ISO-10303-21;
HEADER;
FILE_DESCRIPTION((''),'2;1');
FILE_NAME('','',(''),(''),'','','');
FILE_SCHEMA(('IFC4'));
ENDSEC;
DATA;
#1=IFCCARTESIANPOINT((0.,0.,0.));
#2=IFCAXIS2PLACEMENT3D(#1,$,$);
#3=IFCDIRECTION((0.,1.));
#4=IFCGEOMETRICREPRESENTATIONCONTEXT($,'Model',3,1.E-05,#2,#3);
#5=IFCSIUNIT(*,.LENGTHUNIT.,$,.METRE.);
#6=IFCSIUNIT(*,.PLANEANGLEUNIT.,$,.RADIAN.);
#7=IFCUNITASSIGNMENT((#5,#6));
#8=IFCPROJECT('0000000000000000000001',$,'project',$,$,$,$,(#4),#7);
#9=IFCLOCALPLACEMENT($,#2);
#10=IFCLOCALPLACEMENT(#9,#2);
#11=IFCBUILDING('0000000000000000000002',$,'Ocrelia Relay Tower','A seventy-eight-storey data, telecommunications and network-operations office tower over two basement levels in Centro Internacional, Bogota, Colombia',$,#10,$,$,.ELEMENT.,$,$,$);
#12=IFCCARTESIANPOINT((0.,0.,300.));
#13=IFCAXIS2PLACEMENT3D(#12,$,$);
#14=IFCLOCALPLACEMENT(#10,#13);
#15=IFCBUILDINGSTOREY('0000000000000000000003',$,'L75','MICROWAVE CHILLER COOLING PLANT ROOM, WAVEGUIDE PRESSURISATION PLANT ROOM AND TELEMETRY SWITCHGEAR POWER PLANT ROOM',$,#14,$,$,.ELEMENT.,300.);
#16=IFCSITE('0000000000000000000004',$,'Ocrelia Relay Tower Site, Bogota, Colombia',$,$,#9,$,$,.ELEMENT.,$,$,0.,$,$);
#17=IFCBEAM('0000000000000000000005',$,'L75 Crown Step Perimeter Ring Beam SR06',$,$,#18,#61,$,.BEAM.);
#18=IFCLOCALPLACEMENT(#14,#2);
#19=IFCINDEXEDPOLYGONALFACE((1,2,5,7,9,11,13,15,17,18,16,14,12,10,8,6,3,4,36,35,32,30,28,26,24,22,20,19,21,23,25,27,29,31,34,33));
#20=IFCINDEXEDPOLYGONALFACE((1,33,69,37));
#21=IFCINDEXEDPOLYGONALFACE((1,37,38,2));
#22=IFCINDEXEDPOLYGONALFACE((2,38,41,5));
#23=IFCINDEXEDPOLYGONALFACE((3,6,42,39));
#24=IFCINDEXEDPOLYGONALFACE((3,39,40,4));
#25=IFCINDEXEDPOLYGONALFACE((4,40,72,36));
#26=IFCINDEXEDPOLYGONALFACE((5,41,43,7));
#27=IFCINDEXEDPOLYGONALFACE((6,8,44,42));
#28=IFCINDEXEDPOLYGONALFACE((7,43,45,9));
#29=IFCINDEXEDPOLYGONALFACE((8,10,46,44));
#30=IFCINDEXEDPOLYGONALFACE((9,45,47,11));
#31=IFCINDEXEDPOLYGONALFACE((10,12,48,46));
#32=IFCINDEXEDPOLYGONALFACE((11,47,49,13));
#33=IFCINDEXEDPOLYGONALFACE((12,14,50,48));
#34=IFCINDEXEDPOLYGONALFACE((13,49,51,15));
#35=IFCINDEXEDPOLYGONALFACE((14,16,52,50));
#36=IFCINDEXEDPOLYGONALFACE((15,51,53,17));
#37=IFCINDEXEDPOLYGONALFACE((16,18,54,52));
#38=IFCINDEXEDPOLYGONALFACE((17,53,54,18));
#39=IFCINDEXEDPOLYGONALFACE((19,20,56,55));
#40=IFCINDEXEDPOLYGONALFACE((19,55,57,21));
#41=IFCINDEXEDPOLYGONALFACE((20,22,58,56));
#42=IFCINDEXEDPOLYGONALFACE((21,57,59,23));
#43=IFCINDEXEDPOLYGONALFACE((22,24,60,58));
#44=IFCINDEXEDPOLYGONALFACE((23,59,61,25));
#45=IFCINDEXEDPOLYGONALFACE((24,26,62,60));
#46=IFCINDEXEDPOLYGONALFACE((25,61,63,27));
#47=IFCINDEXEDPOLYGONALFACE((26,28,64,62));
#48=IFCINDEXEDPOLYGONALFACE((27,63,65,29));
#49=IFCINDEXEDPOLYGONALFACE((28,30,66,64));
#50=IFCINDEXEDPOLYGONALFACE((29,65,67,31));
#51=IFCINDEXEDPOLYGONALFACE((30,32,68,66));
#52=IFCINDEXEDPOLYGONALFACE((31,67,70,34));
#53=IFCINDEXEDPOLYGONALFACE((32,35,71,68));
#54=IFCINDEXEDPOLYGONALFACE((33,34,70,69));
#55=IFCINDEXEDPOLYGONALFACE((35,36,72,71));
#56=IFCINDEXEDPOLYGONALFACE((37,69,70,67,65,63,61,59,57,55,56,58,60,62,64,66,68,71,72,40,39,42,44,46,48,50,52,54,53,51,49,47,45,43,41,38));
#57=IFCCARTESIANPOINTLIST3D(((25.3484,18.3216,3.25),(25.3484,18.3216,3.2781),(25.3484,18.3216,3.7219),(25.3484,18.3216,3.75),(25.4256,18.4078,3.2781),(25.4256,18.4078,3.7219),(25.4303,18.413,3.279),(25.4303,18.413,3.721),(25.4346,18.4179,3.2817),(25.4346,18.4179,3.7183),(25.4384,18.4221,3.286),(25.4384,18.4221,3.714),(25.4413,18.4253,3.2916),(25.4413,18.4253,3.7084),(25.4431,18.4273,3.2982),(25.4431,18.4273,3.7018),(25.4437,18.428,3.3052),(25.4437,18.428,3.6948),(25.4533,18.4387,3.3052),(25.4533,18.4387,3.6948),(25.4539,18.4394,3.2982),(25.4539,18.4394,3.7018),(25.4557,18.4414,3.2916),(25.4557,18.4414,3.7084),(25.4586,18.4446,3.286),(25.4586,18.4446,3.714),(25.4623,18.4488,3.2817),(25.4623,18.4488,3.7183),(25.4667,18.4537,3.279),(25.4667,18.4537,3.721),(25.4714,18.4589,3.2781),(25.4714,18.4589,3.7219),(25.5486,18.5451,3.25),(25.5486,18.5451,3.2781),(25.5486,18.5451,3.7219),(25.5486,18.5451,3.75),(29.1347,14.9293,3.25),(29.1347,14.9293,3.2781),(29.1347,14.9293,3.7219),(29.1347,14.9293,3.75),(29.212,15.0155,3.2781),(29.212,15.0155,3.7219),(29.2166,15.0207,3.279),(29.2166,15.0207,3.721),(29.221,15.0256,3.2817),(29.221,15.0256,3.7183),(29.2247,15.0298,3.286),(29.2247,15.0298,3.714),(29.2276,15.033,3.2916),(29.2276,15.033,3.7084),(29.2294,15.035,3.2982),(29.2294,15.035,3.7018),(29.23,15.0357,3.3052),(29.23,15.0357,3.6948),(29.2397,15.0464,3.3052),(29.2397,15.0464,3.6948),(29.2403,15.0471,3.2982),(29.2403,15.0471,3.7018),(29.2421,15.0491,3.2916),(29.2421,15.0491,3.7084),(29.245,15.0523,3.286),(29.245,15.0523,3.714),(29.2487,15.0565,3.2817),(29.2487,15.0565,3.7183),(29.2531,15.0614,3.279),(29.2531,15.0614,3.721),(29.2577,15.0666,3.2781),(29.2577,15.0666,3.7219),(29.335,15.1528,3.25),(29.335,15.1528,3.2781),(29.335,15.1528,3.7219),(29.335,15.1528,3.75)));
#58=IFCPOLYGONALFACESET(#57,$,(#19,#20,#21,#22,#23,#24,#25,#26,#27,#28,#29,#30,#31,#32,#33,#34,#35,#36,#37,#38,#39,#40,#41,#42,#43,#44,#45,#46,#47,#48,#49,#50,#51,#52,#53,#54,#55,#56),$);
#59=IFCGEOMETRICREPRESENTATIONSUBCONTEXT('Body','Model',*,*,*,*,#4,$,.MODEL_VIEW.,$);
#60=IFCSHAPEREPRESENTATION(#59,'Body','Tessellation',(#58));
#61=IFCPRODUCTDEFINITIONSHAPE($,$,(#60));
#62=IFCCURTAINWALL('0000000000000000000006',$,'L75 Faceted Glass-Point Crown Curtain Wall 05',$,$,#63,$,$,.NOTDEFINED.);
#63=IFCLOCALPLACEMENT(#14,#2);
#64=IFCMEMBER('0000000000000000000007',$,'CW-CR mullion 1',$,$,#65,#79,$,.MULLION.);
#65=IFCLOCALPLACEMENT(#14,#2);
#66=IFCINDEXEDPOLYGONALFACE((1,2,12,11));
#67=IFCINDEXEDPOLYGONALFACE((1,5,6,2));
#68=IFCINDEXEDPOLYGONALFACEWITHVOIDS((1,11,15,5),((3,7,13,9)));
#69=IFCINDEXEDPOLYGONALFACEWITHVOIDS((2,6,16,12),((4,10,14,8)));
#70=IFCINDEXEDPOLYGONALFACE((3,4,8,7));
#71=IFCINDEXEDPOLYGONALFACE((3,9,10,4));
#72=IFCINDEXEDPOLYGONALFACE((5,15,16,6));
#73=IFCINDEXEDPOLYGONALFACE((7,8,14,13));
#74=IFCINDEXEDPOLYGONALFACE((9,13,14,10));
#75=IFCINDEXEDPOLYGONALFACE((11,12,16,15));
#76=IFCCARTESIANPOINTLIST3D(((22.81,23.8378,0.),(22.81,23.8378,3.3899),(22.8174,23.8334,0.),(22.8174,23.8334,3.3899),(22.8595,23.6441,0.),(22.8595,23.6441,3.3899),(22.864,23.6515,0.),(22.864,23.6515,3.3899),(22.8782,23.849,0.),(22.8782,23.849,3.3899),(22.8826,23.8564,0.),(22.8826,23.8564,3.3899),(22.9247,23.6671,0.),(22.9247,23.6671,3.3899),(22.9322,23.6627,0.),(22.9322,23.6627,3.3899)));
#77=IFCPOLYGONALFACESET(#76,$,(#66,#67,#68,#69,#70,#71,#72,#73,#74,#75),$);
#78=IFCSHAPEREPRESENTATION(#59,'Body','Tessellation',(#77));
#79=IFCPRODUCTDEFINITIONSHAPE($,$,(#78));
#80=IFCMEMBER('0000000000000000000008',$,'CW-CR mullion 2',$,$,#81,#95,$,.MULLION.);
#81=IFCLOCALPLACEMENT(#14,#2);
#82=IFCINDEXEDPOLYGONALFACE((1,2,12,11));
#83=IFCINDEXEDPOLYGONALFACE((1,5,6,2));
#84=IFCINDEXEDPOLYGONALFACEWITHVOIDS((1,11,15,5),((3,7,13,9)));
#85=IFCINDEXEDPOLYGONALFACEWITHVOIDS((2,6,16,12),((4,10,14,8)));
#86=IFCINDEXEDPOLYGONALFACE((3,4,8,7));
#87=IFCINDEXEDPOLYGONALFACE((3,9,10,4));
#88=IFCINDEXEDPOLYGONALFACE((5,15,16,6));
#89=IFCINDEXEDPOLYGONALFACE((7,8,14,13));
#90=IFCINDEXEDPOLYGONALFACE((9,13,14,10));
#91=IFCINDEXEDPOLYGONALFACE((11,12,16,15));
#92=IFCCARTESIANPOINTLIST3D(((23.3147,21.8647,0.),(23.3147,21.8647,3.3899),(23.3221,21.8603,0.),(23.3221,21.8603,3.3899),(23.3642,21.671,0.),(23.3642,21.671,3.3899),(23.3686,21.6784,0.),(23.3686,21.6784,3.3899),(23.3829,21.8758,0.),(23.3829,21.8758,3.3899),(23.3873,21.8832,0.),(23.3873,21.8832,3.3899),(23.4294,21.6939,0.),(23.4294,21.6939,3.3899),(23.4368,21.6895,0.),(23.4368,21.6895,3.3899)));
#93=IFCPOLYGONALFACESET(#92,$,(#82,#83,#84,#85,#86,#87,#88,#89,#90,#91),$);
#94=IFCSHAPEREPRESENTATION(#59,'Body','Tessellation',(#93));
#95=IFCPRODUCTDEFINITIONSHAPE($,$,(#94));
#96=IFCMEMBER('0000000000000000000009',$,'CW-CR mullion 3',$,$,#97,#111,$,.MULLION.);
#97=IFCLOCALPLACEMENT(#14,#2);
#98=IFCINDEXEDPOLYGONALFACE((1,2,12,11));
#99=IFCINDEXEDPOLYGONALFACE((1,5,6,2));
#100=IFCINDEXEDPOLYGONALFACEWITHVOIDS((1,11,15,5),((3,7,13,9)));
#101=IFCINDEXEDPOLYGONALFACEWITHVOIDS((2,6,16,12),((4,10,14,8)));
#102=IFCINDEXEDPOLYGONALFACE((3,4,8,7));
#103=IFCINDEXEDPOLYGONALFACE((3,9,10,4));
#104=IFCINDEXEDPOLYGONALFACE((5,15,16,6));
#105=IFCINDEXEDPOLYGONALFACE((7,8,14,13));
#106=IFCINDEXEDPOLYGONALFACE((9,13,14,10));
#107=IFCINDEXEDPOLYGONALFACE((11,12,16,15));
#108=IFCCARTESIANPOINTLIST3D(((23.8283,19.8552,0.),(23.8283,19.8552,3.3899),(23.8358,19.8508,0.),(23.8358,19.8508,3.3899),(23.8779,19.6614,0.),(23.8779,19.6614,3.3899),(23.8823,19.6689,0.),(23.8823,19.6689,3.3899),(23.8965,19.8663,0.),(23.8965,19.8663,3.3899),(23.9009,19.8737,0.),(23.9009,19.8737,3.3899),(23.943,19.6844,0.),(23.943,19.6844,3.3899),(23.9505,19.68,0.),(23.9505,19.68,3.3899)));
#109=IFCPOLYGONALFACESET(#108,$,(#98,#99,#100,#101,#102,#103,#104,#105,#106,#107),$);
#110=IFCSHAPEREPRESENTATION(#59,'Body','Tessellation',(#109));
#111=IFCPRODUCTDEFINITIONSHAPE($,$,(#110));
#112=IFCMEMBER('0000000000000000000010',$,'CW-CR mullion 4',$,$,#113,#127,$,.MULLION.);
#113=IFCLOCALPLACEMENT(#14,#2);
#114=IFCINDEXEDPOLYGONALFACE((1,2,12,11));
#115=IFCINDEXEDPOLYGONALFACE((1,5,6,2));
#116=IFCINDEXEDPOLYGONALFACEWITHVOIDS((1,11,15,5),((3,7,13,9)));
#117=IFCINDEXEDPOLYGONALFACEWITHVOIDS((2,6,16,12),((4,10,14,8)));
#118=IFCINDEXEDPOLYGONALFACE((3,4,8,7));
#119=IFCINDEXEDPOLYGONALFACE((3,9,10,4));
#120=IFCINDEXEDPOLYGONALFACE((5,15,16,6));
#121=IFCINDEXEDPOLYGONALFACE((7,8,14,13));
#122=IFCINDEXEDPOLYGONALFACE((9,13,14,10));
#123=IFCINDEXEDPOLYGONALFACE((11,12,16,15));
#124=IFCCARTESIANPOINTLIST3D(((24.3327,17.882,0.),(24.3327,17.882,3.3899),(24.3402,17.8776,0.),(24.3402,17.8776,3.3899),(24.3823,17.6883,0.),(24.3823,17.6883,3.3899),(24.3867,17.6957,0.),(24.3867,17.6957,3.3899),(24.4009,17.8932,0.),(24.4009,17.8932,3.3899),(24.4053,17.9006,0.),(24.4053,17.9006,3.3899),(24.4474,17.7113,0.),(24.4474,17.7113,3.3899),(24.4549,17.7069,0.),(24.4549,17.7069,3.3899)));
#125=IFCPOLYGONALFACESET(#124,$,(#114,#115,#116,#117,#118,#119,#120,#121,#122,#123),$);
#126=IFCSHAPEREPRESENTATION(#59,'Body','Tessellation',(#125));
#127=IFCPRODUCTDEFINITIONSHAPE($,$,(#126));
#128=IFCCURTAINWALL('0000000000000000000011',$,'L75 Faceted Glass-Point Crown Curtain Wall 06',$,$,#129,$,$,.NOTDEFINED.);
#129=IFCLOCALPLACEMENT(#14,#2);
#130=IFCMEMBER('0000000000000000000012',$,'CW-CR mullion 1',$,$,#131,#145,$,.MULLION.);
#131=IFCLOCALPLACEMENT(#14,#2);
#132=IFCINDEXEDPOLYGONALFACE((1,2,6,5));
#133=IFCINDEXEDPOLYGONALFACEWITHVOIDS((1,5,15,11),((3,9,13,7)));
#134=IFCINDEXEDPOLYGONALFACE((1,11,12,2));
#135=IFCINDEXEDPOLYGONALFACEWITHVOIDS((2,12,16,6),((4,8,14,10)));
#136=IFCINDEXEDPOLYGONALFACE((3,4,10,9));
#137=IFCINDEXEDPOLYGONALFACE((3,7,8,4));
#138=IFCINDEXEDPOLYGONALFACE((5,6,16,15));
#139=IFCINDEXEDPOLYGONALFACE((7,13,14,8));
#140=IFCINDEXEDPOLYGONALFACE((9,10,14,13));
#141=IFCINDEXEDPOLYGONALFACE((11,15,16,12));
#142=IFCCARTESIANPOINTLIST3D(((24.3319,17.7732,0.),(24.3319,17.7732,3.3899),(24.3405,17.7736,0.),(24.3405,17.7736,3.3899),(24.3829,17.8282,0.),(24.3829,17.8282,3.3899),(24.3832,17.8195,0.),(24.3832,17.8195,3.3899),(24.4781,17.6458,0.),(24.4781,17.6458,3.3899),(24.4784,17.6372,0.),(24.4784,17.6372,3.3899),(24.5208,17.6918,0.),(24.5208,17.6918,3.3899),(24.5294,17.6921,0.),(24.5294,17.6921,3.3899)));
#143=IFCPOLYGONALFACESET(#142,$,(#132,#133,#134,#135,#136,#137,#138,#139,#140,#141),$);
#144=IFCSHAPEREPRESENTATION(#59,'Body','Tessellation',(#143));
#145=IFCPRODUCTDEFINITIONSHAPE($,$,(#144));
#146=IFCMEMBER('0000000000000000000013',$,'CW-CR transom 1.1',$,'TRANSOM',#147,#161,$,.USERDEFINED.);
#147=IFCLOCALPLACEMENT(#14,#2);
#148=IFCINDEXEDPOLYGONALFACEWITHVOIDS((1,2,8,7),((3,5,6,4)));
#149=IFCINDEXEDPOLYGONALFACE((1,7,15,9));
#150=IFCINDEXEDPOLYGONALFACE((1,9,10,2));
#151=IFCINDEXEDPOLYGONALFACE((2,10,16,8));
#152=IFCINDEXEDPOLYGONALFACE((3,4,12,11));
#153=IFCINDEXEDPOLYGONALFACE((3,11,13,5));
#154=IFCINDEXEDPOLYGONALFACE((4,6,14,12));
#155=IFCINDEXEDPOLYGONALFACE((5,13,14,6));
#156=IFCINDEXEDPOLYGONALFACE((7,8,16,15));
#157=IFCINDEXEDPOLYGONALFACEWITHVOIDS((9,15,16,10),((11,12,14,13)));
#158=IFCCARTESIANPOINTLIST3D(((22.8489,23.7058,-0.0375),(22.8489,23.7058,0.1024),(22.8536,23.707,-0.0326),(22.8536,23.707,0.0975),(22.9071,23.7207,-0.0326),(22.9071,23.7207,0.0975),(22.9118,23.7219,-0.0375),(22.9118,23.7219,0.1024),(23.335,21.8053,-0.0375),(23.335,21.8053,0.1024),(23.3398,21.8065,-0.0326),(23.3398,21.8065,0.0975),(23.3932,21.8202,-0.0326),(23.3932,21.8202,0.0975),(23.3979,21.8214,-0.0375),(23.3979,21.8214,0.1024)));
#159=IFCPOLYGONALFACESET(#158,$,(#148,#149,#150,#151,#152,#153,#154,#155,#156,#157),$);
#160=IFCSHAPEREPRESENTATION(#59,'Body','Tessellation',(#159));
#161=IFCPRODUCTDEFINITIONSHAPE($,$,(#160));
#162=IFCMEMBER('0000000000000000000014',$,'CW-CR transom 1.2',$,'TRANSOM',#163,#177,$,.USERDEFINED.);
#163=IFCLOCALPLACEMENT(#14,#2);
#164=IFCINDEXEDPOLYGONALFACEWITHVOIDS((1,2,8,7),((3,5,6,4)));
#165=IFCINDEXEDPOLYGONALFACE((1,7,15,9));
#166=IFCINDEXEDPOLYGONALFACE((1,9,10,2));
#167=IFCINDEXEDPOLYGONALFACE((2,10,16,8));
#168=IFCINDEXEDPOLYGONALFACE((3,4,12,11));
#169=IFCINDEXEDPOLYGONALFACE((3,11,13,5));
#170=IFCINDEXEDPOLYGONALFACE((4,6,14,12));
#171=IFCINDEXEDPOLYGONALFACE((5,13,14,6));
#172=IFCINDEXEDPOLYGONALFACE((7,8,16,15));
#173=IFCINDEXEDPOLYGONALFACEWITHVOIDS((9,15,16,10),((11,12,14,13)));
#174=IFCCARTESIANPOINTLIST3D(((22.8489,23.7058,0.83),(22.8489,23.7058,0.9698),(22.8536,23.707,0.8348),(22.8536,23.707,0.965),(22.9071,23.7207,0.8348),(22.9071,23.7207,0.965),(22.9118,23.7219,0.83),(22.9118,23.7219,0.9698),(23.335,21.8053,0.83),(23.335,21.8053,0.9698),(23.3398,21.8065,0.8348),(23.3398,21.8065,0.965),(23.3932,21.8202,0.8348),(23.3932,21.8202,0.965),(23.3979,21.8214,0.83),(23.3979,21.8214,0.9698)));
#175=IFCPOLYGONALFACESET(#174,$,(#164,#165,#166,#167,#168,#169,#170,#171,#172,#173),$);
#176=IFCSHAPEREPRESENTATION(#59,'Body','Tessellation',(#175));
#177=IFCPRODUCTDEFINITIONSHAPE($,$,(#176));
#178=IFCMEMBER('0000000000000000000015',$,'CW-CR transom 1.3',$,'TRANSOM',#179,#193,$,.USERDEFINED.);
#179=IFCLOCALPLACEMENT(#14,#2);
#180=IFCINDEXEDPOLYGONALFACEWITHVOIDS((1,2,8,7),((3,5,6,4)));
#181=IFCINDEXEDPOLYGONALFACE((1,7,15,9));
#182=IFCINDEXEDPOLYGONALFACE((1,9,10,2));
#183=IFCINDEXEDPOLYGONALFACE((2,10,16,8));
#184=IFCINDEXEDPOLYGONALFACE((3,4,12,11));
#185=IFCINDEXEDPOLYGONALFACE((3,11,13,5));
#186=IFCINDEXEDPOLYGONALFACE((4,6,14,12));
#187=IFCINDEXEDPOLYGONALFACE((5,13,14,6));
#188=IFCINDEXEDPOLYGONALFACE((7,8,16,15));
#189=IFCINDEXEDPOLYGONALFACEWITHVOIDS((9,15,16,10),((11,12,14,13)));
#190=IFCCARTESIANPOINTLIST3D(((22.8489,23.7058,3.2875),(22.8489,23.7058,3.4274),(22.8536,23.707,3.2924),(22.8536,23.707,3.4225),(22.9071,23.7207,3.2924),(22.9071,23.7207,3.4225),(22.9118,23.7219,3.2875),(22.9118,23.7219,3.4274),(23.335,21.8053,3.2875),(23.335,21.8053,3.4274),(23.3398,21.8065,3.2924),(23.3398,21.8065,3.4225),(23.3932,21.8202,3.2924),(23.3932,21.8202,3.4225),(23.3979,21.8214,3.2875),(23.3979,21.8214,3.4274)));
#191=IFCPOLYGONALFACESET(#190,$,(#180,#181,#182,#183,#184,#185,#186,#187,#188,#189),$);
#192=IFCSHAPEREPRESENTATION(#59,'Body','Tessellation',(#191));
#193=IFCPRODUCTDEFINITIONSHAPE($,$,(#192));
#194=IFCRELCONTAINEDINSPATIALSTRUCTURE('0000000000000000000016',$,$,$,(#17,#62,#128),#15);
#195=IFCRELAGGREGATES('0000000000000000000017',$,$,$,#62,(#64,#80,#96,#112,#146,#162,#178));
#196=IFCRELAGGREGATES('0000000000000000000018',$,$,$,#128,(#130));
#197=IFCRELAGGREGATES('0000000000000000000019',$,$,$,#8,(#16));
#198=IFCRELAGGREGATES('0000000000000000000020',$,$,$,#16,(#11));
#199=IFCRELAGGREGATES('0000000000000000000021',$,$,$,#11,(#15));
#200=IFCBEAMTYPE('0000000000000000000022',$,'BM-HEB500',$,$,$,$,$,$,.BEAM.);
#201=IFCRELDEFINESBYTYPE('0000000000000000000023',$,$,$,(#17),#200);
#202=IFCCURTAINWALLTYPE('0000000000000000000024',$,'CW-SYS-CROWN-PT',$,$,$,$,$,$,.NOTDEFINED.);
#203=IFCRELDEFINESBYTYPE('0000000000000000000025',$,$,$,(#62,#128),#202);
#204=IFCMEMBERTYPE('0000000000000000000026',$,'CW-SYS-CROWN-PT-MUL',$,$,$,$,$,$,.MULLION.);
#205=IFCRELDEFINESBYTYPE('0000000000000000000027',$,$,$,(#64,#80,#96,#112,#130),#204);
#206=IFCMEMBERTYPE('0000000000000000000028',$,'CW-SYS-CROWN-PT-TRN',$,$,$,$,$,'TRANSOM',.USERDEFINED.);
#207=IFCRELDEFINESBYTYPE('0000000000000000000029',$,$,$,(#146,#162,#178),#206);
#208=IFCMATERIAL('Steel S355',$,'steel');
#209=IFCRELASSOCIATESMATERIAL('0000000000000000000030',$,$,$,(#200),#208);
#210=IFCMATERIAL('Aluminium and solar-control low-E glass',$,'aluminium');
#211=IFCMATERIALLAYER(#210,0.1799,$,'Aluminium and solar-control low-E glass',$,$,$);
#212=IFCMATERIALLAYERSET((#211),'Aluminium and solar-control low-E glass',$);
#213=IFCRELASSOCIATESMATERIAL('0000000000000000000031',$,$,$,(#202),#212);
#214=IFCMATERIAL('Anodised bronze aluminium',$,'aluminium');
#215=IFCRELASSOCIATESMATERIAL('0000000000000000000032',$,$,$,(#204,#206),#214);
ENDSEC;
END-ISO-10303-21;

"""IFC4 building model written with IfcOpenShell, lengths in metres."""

from ifc_helpers import new_model, si_unit, direction, frame, origin, origin_2d, place, context, subcontext, project, spatial, hollow_rectangle, i_section, extrude, material, layer, layer_set, material_profile, profile_set, type_object, element, aggregate, save


model = new_model("IFC4")

# Units and contexts
model_context = context("Model", 3, precision=1e-05, world=origin(), true_north=direction((0.0, 1.0)))
body_context = subcontext(model_context, "Body", "Model", "MODEL_VIEW")
ifc_project = project(units=[si_unit("LENGTHUNIT", "METRE"), si_unit("PLANEANGLEUNIT", "RADIAN")], contexts=[model_context])

# Site, building, storey
site_placement = place(None, origin())
site = spatial("IfcSite", under=ifc_project, at=site_placement, Name="Ocrelia Relay Tower Site, Bogota, Colombia", CompositionType="ELEMENT", RefElevation=0.0)
building_placement = place(site_placement, origin())
building = spatial("IfcBuilding", under=site, at=building_placement, Name="Ocrelia Relay Tower", Description="A seventy-eight-storey data, telecommunications and network-operations office tower over two basement levels in Centro Internacional, Bogota, Colombia", CompositionType="ELEMENT")
storey_placement = place(building_placement, frame((0.0, 0.0, 300.0)))
storey = spatial("IfcBuildingStorey", under=building, at=storey_placement, Name="L75", Description="MICROWAVE CHILLER COOLING PLANT ROOM, WAVEGUIDE PRESSURISATION PLANT ROOM AND TELEMETRY SWITCHGEAR POWER PLANT ROOM", CompositionType="ELEMENT", Elevation=300.0)

# Beam
ifc_material_1 = material(Name="Steel S355", Category="steel")
ifc_material_profile_1 = material_profile(ifc_material_1, i_section(OverallWidth=0.3, OverallDepth=0.5, WebThickness=0.0144, FlangeThickness=0.0281, FilletRadius=0.0271, at=origin_2d()), Name="HEB 500")
ifc_profile_set_1 = profile_set([ifc_material_profile_1], Name="Steel S355")
beam_type_1 = type_object("IfcBeamType", Name="BM-HEB500", PredefinedType="BEAM", material=ifc_profile_set_1)
beam_1_placement = place(storey_placement, frame((25.4485, 18.4333, 3.5), z_axis=(0.744799, -0.667289, 0.0), x_axis=(0.667289, 0.744799, 0.0)))
element("IfcBeam", 1, at=beam_1_placement, inside=storey, type_object=beam_type_1, Name="L75 Crown Step Perimeter Ring Beam SR06", PredefinedType="BEAM", context=body_context, shape_type="SweptSolid", body=[
    extrude(i_section(OverallWidth=0.3, OverallDepth=0.5, WebThickness=0.0144, FlangeThickness=0.0281, FilletRadius=0.0271, at=origin_2d()), origin(), (0.0, 0.0, 1.0), 5.0837),
])

# Curtain wall, members
ifc_material_2 = material(Name="Aluminium and solar-control low-E glass", Category="aluminium")
ifc_layer_1 = layer(ifc_material_2, 0.1799, Name="Aluminium and solar-control low-E glass")
ifc_layer_set_1 = layer_set([ifc_layer_1], Name="Aluminium and solar-control low-E glass")
curtain_wall_type = type_object("IfcCurtainWallType", Name="CW-SYS-CROWN-PT", PredefinedType="NOTDEFINED", material=ifc_layer_set_1)
curtain_wall_1_placement = place(storey_placement, origin())
curtain_wall_1 = element("IfcCurtainWall", 2, at=curtain_wall_1_placement, inside=storey, type_object=curtain_wall_type, Name="L75 Faceted Glass-Point Crown Curtain Wall 05", PredefinedType="NOTDEFINED")
ifc_material_3 = material(Name="Anodised bronze aluminium", Category="aluminium")
ifc_material_profile_2 = material_profile(ifc_material_3, hollow_rectangle(XDim=0.075, YDim=0.2, WallThickness=0.0061, at=origin_2d()), Name="CW-MUL-200x75")
ifc_profile_set_2 = profile_set([ifc_material_profile_2], Name="Anodised bronze aluminium")
member_type_1 = type_object("IfcMemberType", Name="CW-SYS-CROWN-PT-MUL", PredefinedType="MULLION", material=ifc_profile_set_2)
member_1_placement = place(storey_placement, frame((22.8711, 23.7502, 0.0), z_axis=(0.0, 0.0, 1.0), x_axis=(0.968839, 0.24769, 0.0)))
member_1 = element("IfcMember", 3, at=member_1_placement, type_object=member_type_1, Name="CW-CR mullion 1", PredefinedType="MULLION", context=body_context, shape_type="SweptSolid", body=[
    extrude(hollow_rectangle(XDim=0.075, YDim=0.2, WallThickness=0.0061, at=origin_2d()), origin(), (0.0, 0.0, 1.0), 3.3899),
])
member_2_placement = place(storey_placement, frame((23.3757, 21.7771, 0.0), z_axis=(0.0, 0.0, 1.0), x_axis=(0.968839, 0.24769, 0.0)))
member_2 = element("IfcMember", 4, at=member_2_placement, type_object=member_type_1, Name="CW-CR mullion 2", PredefinedType="MULLION", context=body_context, shape_type="SweptSolid", body=[
    extrude(hollow_rectangle(XDim=0.075, YDim=0.2, WallThickness=0.0061, at=origin_2d()), origin(), (0.0, 0.0, 1.0), 3.3899),
])
member_3_placement = place(storey_placement, frame((23.8894, 19.7676, 0.0), z_axis=(0.0, 0.0, 1.0), x_axis=(0.968839, 0.24769, 0.0)))
member_3 = element("IfcMember", 5, at=member_3_placement, type_object=member_type_1, Name="CW-CR mullion 3", PredefinedType="MULLION", context=body_context, shape_type="SweptSolid", body=[
    extrude(hollow_rectangle(XDim=0.075, YDim=0.2, WallThickness=0.0061, at=origin_2d()), origin(), (0.0, 0.0, 1.0), 3.3899),
])
member_4_placement = place(storey_placement, frame((24.3938, 17.7944, 0.0), z_axis=(0.0, 0.0, 1.0), x_axis=(0.968839, 0.24769, 0.0)))
member_4 = element("IfcMember", 6, at=member_4_placement, type_object=member_type_1, Name="CW-CR mullion 4", PredefinedType="MULLION", context=body_context, shape_type="SweptSolid", body=[
    extrude(hollow_rectangle(XDim=0.075, YDim=0.2, WallThickness=0.0061, at=origin_2d()), origin(), (0.0, 0.0, 1.0), 3.3899),
])

# Curtain wall, member
curtain_wall_2_placement = place(storey_placement, origin())
curtain_wall_2 = element("IfcCurtainWall", 7, at=curtain_wall_2_placement, inside=storey, type_object=curtain_wall_type, Name="L75 Faceted Glass-Point Crown Curtain Wall 06", PredefinedType="NOTDEFINED")
member_5_placement = place(storey_placement, frame((24.4307, 17.7327, 0.0), z_axis=(0.0, 0.0, 1.0), x_axis=(0.680553, 0.732699, 0.0)))
member_5 = element("IfcMember", 8, at=member_5_placement, type_object=member_type_1, Name="CW-CR mullion 1", PredefinedType="MULLION", context=body_context, shape_type="SweptSolid", body=[
    extrude(hollow_rectangle(XDim=0.075, YDim=0.2, WallThickness=0.0061, at=origin_2d()), origin(), (0.0, 0.0, 1.0), 3.3899),
])

# Members
ifc_material_profile_3 = material_profile(ifc_material_3, hollow_rectangle(XDim=0.0649, YDim=0.1399, WallThickness=0.0049, at=origin_2d()), Name="CW-TRN-140x65")
ifc_profile_set_3 = profile_set([ifc_material_profile_3], Name="Anodised bronze aluminium")
member_type_2 = type_object("IfcMemberType", Name="CW-SYS-CROWN-PT-TRN", ElementType="TRANSOM", PredefinedType="USERDEFINED", material=ifc_profile_set_3)
member_6_placement = place(storey_placement, frame((22.8804, 23.7139, 0.0325), z_axis=(0.247803, -0.96881, 0.0), x_axis=(0.96881, 0.247803, 0.0)))
member_6 = element("IfcMember", 9, at=member_6_placement, type_object=member_type_2, Name="CW-CR transom 1.1", ObjectType="TRANSOM", PredefinedType="USERDEFINED", context=body_context, shape_type="SweptSolid", body=[
    extrude(hollow_rectangle(XDim=0.0649, YDim=0.1399, WallThickness=0.0049, at=origin_2d()), origin(), (0.0, 0.0, 1.0), 1.9617),
])
member_7_placement = place(storey_placement, frame((22.8804, 23.7139, 0.8999), z_axis=(0.247803, -0.96881, 0.0), x_axis=(0.96881, 0.247803, 0.0)))
member_7 = element("IfcMember", 10, at=member_7_placement, type_object=member_type_2, Name="CW-CR transom 1.2", ObjectType="TRANSOM", PredefinedType="USERDEFINED", context=body_context, shape_type="SweptSolid", body=[
    extrude(hollow_rectangle(XDim=0.0649, YDim=0.1399, WallThickness=0.0049, at=origin_2d()), origin(), (0.0, 0.0, 1.0), 1.9617),
])
member_8_placement = place(storey_placement, frame((22.8804, 23.7139, 3.3574), z_axis=(0.247803, -0.96881, 0.0), x_axis=(0.96881, 0.247803, 0.0)))
member_8 = element("IfcMember", 11, at=member_8_placement, type_object=member_type_2, Name="CW-CR transom 1.3", ObjectType="TRANSOM", PredefinedType="USERDEFINED", context=body_context, shape_type="SweptSolid", body=[
    extrude(hollow_rectangle(XDim=0.0649, YDim=0.1399, WallThickness=0.0049, at=origin_2d()), origin(), (0.0, 0.0, 1.0), 1.9617),
])

aggregate(curtain_wall_1, [member_1, member_2, member_3, member_4, member_6, member_7, member_8])
aggregate(curtain_wall_2, [member_5])

save(model, "model.ifc")
